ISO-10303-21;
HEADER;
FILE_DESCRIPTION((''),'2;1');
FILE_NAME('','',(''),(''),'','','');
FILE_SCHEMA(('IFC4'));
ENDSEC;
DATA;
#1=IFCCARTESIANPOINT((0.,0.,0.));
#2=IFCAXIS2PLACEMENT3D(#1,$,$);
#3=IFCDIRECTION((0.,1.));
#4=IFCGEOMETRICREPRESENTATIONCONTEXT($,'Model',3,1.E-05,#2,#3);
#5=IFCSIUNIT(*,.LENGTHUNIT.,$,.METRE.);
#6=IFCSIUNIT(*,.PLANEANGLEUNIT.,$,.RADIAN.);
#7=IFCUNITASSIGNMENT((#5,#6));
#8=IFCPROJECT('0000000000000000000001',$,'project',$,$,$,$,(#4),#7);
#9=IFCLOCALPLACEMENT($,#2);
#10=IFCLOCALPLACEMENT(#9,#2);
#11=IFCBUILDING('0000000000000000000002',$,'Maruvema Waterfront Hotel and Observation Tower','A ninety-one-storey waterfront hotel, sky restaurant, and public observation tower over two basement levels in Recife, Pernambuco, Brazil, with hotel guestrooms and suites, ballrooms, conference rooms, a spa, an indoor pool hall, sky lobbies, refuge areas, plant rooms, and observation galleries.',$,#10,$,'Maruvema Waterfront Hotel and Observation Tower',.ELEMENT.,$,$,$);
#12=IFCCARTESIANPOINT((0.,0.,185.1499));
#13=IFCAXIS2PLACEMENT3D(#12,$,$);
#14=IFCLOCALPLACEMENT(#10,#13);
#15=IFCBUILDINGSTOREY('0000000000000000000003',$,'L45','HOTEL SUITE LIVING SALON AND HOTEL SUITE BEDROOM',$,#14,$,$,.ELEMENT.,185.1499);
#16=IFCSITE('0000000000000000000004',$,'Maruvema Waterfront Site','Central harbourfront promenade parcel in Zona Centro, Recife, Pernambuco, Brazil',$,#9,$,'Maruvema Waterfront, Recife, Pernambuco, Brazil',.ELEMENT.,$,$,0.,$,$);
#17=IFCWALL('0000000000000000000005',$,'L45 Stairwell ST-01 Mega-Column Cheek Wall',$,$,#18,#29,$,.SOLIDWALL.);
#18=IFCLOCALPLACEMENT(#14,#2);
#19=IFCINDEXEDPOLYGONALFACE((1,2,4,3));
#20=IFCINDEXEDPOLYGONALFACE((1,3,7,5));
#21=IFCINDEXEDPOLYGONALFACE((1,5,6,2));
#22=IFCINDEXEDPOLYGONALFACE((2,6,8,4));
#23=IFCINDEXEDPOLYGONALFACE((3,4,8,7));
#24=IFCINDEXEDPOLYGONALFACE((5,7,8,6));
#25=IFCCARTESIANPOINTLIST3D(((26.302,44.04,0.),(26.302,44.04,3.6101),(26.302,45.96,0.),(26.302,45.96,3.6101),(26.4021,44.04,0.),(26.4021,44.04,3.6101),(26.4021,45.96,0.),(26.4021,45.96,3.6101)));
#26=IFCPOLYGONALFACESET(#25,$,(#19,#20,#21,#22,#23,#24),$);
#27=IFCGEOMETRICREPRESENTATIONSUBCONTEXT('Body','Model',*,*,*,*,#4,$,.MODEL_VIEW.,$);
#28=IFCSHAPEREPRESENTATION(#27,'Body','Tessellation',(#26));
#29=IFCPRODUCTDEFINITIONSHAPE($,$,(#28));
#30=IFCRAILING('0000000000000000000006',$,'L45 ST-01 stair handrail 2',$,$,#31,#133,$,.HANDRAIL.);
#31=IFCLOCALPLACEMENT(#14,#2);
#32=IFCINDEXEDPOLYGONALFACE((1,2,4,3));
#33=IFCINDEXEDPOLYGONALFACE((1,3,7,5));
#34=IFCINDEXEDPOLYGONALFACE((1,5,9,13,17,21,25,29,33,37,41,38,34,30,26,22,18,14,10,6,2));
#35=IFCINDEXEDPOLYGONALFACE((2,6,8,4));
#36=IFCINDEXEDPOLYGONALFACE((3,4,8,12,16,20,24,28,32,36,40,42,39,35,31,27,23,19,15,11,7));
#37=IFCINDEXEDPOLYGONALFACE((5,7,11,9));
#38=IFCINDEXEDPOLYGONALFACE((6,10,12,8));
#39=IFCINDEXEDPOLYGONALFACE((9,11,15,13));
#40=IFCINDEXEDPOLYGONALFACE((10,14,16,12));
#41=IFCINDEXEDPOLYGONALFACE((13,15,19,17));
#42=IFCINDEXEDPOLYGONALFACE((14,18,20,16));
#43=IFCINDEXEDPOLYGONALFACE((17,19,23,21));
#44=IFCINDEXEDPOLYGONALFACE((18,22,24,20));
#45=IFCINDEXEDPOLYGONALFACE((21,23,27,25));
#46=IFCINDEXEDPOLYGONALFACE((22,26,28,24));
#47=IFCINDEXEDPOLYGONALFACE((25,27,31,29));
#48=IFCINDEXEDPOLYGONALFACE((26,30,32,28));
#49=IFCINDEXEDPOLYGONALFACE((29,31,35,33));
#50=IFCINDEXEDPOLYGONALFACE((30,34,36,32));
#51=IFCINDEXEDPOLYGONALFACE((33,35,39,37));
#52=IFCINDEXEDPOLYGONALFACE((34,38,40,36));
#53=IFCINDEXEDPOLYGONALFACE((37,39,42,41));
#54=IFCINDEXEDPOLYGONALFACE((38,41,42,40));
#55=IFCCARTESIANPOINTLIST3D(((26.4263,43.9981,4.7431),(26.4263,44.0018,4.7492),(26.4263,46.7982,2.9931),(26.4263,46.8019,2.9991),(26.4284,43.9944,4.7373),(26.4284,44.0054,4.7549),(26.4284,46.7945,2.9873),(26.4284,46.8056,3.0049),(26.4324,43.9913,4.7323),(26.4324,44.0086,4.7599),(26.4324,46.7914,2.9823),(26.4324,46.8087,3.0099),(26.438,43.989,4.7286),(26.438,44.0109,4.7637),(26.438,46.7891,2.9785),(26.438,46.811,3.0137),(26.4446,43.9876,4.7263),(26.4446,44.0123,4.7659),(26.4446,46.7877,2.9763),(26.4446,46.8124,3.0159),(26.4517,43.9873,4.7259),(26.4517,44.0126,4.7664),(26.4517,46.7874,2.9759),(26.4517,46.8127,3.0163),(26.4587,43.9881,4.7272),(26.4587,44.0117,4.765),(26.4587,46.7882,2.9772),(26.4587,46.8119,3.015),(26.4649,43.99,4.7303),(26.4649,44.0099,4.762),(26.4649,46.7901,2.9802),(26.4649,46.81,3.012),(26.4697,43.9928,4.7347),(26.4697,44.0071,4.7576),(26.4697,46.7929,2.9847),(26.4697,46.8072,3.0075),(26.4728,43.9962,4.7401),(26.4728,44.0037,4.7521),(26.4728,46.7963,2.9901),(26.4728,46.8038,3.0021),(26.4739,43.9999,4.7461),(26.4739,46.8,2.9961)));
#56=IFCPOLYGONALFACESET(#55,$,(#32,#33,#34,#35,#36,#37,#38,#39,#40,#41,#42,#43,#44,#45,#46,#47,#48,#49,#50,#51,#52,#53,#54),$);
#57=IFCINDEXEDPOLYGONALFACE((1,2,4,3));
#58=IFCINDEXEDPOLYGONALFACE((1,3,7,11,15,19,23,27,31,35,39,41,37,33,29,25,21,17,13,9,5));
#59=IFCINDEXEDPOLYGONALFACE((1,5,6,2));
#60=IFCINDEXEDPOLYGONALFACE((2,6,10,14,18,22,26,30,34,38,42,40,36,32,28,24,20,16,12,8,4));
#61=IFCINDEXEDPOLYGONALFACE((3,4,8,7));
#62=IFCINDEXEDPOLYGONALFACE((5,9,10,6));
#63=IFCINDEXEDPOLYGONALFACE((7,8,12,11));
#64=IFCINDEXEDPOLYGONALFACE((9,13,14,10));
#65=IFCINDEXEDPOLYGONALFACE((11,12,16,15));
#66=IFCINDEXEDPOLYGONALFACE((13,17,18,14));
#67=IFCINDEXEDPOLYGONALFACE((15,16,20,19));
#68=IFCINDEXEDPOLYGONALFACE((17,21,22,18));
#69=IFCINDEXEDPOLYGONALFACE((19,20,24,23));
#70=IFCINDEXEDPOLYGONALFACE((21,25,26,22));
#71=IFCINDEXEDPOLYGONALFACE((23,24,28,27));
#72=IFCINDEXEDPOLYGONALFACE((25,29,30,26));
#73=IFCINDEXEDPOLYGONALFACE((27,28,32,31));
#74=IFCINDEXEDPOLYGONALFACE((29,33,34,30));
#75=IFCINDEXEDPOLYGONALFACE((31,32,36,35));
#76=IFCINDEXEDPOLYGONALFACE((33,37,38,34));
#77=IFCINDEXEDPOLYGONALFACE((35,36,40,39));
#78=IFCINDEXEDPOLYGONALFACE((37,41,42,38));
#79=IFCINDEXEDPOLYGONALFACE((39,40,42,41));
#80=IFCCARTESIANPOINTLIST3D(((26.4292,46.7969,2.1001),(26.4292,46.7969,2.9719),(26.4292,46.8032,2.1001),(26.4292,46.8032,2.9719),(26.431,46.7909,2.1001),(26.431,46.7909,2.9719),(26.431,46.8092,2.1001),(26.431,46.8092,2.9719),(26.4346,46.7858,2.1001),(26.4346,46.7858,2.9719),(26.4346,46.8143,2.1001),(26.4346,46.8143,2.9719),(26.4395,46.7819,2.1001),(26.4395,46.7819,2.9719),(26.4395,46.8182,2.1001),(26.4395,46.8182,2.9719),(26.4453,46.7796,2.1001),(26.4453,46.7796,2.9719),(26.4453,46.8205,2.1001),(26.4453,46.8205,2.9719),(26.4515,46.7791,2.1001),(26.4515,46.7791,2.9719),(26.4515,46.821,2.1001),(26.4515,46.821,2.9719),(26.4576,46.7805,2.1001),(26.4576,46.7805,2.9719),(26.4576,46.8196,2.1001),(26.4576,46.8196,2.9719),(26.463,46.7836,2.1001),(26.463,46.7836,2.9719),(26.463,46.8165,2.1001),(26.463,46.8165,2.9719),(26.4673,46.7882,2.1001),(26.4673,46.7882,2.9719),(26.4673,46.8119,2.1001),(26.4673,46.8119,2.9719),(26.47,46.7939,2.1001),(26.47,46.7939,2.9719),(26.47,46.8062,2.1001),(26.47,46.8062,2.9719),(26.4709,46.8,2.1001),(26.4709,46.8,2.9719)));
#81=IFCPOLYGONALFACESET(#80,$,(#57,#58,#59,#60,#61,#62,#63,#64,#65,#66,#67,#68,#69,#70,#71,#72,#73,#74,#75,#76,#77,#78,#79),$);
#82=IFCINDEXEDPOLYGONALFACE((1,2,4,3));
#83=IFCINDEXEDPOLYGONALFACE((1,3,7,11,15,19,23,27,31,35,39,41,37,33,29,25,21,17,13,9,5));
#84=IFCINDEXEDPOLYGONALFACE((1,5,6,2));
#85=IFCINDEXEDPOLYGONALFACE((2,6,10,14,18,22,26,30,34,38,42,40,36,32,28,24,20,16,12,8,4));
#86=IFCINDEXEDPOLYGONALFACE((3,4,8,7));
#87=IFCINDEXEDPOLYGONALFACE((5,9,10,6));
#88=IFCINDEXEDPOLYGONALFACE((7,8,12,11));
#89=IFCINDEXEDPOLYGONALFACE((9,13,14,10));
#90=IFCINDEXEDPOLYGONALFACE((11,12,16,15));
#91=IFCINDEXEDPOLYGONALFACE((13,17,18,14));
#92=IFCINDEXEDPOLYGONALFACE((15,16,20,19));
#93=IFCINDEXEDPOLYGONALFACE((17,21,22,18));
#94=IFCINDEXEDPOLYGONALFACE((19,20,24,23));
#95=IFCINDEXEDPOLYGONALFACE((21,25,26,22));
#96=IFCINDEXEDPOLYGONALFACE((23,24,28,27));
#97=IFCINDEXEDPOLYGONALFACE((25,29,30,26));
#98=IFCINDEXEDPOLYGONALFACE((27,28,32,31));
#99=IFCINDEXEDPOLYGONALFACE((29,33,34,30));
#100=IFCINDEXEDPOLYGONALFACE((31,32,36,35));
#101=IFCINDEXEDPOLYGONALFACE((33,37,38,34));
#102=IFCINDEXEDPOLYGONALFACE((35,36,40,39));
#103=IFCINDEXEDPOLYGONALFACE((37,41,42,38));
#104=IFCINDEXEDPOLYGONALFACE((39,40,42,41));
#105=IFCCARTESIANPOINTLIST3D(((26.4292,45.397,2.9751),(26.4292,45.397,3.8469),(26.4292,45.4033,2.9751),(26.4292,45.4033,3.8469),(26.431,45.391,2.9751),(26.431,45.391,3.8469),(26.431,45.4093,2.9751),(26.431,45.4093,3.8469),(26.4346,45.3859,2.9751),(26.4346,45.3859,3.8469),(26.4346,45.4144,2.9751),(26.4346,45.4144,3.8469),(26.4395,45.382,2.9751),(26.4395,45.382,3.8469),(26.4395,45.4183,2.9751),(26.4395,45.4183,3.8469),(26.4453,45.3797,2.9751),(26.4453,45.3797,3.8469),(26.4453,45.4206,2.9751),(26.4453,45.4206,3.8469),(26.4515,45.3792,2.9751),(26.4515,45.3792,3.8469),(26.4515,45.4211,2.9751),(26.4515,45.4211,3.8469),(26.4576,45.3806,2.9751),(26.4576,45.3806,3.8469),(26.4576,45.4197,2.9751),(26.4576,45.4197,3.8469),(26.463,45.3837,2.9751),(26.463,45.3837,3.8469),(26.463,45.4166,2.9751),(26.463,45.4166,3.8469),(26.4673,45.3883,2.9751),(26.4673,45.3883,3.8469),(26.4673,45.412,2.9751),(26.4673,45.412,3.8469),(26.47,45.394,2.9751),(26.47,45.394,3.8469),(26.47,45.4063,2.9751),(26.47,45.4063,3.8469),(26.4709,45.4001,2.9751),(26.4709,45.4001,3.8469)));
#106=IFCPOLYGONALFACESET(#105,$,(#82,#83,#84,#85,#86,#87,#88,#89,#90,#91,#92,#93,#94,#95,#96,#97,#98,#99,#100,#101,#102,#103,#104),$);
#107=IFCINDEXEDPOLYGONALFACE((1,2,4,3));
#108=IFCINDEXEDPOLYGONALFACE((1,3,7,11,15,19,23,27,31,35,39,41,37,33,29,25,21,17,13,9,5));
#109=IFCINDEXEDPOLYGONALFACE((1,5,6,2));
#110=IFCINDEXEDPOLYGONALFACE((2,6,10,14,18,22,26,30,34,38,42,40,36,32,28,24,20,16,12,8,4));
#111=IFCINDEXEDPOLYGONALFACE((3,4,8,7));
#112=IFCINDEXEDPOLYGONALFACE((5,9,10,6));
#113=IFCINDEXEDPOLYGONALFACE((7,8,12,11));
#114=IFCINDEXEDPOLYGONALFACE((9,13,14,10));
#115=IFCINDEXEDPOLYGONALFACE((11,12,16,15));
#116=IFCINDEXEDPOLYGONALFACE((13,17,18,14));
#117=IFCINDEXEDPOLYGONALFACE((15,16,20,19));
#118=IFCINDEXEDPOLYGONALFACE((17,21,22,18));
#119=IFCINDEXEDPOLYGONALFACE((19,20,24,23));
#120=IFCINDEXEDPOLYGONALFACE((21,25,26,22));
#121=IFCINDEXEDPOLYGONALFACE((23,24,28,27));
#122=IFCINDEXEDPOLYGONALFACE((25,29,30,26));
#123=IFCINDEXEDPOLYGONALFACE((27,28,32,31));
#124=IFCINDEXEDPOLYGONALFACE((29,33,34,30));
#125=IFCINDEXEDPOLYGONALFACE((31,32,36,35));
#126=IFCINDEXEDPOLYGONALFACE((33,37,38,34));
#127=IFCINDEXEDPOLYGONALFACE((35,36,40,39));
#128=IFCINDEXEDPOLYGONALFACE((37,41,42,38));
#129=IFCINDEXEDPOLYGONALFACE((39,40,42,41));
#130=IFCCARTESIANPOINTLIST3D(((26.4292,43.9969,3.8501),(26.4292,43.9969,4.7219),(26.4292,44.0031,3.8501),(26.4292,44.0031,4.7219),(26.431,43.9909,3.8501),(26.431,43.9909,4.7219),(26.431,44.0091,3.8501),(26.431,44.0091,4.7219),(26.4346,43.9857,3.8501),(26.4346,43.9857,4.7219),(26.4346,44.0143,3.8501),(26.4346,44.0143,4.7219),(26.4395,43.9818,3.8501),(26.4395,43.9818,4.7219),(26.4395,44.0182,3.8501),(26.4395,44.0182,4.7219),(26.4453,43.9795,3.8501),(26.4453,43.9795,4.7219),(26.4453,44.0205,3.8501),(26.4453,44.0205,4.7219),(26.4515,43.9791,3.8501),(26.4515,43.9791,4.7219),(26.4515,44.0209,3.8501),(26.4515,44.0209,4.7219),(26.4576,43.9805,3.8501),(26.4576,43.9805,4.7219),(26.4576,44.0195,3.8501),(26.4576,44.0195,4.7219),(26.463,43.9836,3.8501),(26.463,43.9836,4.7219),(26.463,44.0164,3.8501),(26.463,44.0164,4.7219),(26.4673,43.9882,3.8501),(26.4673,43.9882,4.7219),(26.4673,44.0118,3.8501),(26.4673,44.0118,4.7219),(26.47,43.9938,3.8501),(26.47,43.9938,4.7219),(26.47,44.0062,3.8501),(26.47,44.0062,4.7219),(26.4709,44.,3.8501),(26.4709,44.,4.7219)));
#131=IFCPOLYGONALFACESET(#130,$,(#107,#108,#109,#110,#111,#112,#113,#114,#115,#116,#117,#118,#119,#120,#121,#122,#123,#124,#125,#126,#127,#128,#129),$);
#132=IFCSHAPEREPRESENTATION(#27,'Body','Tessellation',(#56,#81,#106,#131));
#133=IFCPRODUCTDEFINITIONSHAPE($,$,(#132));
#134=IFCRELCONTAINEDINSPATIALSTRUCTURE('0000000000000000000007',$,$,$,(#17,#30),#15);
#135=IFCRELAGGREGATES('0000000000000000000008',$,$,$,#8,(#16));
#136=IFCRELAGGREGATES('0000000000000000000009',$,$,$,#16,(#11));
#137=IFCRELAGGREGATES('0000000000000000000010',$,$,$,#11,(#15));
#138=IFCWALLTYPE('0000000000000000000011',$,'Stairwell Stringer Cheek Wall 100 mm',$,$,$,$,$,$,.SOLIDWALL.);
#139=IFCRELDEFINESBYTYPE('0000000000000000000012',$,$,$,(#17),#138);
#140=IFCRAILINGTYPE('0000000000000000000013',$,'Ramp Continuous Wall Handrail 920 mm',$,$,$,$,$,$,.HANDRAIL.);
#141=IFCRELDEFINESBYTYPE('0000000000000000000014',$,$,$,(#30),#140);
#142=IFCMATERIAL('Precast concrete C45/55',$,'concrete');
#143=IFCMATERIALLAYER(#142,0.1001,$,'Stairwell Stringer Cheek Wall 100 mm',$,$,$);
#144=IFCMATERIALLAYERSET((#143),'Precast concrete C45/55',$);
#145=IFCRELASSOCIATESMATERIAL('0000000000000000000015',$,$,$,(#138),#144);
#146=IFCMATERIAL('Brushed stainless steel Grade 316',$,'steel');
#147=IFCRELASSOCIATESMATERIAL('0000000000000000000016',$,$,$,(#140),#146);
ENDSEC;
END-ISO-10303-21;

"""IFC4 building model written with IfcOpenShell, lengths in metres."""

from ifc_helpers import new_model, si_unit, direction, frame, frame_2d, origin, origin_2d, place, context, subcontext, project, spatial, rectangle, circle, extrude, material, layer, layer_set, type_object, element, save


model = new_model("IFC4")

# Units and contexts
model_context = context("Model", 3, precision=1e-05, world=origin(), true_north=direction((0.0, 1.0)))
body_context = subcontext(model_context, "Body", "Model", "MODEL_VIEW")
ifc_project = project(units=[si_unit("LENGTHUNIT", "METRE"), si_unit("PLANEANGLEUNIT", "RADIAN")], contexts=[model_context])

# Site, building, storey
site_placement = place(None, origin())
site = spatial("IfcSite", under=ifc_project, at=site_placement, Name="Maruvema Waterfront Site", Description="Central harbourfront promenade parcel in Zona Centro, Recife, Pernambuco, Brazil", LongName="Maruvema Waterfront, Recife, Pernambuco, Brazil", CompositionType="ELEMENT", RefElevation=0.0)
building_placement = place(site_placement, origin())
building = spatial("IfcBuilding", under=site, at=building_placement, Name="Maruvema Waterfront Hotel and Observation Tower", Description="A ninety-one-storey waterfront hotel, sky restaurant, and public observation tower over two basement levels in Recife, Pernambuco, Brazil, with hotel guestrooms and suites, ballrooms, conference rooms, a spa, an indoor pool hall, sky lobbies, refuge areas, plant rooms, and observation galleries.", LongName="Maruvema Waterfront Hotel and Observation Tower", CompositionType="ELEMENT")
storey_placement = place(building_placement, frame((0.0, 0.0, 185.1499)))
storey = spatial("IfcBuildingStorey", under=building, at=storey_placement, Name="L45", Description="HOTEL SUITE LIVING SALON AND HOTEL SUITE BEDROOM", CompositionType="ELEMENT", Elevation=185.1499)

# Wall
ifc_material_1 = material(Name="Precast concrete C45/55", Category="concrete")
ifc_layer_1 = layer(ifc_material_1, 0.1001, Name="Stairwell Stringer Cheek Wall 100 mm")
ifc_layer_set_1 = layer_set([ifc_layer_1], Name="Precast concrete C45/55")
wall_type_1 = type_object("IfcWallType", Name="Stairwell Stringer Cheek Wall 100 mm", PredefinedType="SOLIDWALL", material=ifc_layer_set_1)
wall_1_placement = place(storey_placement, frame((26.3521, 44.04, 0.0), z_axis=(0.0, 0.0, 1.0), x_axis=(0.0, 1.0, 0.0)))
element("IfcWall", 1, at=wall_1_placement, inside=storey, type_object=wall_type_1, Name="L45 Stairwell ST-01 Mega-Column Cheek Wall", PredefinedType="SOLIDWALL", context=body_context, shape_type="SweptSolid", body=[
    extrude(rectangle(XDim=1.9199, YDim=0.1001, at=frame_2d((0.96, 0.0))), origin(), (0.0, 0.0, 1.0), 3.6101),
])

# Railing
ifc_material_2 = material(Name="Brushed stainless steel Grade 316", Category="steel")
railing_type = type_object("IfcRailingType", Name="Ramp Continuous Wall Handrail 920 mm", PredefinedType="HANDRAIL", material=ifc_material_2)
railing_placement = place(storey_placement, frame((26.45, 46.8, 2.1001)))
element("IfcRailing", 2, at=railing_placement, inside=storey, type_object=railing_type, Name="L45 ST-01 stair handrail 2", PredefinedType="HANDRAIL", context=body_context, shape_type="SweptSolid", body=[
    extrude(circle(Radius=0.0239, at=origin_2d()), frame((0.0, 0.0, 0.896), z_axis=(0.0, -0.848002, 0.529992), x_axis=(1.0, 0.0, 0.0)), (0.0, 0.0, 1.0), 3.302),
    extrude(circle(Radius=0.021, at=origin_2d()), origin(), (0.0, 0.0, 1.0), 0.8718),
    extrude(circle(Radius=0.021, at=origin_2d()), frame((0.0, -1.3999, 0.875)), (0.0, 0.0, 1.0), 0.8718),
    extrude(circle(Radius=0.021, at=origin_2d()), frame((0.0, -2.8, 1.75)), (0.0, 0.0, 1.0), 0.8718),
])

save(model, "model.ifc")
